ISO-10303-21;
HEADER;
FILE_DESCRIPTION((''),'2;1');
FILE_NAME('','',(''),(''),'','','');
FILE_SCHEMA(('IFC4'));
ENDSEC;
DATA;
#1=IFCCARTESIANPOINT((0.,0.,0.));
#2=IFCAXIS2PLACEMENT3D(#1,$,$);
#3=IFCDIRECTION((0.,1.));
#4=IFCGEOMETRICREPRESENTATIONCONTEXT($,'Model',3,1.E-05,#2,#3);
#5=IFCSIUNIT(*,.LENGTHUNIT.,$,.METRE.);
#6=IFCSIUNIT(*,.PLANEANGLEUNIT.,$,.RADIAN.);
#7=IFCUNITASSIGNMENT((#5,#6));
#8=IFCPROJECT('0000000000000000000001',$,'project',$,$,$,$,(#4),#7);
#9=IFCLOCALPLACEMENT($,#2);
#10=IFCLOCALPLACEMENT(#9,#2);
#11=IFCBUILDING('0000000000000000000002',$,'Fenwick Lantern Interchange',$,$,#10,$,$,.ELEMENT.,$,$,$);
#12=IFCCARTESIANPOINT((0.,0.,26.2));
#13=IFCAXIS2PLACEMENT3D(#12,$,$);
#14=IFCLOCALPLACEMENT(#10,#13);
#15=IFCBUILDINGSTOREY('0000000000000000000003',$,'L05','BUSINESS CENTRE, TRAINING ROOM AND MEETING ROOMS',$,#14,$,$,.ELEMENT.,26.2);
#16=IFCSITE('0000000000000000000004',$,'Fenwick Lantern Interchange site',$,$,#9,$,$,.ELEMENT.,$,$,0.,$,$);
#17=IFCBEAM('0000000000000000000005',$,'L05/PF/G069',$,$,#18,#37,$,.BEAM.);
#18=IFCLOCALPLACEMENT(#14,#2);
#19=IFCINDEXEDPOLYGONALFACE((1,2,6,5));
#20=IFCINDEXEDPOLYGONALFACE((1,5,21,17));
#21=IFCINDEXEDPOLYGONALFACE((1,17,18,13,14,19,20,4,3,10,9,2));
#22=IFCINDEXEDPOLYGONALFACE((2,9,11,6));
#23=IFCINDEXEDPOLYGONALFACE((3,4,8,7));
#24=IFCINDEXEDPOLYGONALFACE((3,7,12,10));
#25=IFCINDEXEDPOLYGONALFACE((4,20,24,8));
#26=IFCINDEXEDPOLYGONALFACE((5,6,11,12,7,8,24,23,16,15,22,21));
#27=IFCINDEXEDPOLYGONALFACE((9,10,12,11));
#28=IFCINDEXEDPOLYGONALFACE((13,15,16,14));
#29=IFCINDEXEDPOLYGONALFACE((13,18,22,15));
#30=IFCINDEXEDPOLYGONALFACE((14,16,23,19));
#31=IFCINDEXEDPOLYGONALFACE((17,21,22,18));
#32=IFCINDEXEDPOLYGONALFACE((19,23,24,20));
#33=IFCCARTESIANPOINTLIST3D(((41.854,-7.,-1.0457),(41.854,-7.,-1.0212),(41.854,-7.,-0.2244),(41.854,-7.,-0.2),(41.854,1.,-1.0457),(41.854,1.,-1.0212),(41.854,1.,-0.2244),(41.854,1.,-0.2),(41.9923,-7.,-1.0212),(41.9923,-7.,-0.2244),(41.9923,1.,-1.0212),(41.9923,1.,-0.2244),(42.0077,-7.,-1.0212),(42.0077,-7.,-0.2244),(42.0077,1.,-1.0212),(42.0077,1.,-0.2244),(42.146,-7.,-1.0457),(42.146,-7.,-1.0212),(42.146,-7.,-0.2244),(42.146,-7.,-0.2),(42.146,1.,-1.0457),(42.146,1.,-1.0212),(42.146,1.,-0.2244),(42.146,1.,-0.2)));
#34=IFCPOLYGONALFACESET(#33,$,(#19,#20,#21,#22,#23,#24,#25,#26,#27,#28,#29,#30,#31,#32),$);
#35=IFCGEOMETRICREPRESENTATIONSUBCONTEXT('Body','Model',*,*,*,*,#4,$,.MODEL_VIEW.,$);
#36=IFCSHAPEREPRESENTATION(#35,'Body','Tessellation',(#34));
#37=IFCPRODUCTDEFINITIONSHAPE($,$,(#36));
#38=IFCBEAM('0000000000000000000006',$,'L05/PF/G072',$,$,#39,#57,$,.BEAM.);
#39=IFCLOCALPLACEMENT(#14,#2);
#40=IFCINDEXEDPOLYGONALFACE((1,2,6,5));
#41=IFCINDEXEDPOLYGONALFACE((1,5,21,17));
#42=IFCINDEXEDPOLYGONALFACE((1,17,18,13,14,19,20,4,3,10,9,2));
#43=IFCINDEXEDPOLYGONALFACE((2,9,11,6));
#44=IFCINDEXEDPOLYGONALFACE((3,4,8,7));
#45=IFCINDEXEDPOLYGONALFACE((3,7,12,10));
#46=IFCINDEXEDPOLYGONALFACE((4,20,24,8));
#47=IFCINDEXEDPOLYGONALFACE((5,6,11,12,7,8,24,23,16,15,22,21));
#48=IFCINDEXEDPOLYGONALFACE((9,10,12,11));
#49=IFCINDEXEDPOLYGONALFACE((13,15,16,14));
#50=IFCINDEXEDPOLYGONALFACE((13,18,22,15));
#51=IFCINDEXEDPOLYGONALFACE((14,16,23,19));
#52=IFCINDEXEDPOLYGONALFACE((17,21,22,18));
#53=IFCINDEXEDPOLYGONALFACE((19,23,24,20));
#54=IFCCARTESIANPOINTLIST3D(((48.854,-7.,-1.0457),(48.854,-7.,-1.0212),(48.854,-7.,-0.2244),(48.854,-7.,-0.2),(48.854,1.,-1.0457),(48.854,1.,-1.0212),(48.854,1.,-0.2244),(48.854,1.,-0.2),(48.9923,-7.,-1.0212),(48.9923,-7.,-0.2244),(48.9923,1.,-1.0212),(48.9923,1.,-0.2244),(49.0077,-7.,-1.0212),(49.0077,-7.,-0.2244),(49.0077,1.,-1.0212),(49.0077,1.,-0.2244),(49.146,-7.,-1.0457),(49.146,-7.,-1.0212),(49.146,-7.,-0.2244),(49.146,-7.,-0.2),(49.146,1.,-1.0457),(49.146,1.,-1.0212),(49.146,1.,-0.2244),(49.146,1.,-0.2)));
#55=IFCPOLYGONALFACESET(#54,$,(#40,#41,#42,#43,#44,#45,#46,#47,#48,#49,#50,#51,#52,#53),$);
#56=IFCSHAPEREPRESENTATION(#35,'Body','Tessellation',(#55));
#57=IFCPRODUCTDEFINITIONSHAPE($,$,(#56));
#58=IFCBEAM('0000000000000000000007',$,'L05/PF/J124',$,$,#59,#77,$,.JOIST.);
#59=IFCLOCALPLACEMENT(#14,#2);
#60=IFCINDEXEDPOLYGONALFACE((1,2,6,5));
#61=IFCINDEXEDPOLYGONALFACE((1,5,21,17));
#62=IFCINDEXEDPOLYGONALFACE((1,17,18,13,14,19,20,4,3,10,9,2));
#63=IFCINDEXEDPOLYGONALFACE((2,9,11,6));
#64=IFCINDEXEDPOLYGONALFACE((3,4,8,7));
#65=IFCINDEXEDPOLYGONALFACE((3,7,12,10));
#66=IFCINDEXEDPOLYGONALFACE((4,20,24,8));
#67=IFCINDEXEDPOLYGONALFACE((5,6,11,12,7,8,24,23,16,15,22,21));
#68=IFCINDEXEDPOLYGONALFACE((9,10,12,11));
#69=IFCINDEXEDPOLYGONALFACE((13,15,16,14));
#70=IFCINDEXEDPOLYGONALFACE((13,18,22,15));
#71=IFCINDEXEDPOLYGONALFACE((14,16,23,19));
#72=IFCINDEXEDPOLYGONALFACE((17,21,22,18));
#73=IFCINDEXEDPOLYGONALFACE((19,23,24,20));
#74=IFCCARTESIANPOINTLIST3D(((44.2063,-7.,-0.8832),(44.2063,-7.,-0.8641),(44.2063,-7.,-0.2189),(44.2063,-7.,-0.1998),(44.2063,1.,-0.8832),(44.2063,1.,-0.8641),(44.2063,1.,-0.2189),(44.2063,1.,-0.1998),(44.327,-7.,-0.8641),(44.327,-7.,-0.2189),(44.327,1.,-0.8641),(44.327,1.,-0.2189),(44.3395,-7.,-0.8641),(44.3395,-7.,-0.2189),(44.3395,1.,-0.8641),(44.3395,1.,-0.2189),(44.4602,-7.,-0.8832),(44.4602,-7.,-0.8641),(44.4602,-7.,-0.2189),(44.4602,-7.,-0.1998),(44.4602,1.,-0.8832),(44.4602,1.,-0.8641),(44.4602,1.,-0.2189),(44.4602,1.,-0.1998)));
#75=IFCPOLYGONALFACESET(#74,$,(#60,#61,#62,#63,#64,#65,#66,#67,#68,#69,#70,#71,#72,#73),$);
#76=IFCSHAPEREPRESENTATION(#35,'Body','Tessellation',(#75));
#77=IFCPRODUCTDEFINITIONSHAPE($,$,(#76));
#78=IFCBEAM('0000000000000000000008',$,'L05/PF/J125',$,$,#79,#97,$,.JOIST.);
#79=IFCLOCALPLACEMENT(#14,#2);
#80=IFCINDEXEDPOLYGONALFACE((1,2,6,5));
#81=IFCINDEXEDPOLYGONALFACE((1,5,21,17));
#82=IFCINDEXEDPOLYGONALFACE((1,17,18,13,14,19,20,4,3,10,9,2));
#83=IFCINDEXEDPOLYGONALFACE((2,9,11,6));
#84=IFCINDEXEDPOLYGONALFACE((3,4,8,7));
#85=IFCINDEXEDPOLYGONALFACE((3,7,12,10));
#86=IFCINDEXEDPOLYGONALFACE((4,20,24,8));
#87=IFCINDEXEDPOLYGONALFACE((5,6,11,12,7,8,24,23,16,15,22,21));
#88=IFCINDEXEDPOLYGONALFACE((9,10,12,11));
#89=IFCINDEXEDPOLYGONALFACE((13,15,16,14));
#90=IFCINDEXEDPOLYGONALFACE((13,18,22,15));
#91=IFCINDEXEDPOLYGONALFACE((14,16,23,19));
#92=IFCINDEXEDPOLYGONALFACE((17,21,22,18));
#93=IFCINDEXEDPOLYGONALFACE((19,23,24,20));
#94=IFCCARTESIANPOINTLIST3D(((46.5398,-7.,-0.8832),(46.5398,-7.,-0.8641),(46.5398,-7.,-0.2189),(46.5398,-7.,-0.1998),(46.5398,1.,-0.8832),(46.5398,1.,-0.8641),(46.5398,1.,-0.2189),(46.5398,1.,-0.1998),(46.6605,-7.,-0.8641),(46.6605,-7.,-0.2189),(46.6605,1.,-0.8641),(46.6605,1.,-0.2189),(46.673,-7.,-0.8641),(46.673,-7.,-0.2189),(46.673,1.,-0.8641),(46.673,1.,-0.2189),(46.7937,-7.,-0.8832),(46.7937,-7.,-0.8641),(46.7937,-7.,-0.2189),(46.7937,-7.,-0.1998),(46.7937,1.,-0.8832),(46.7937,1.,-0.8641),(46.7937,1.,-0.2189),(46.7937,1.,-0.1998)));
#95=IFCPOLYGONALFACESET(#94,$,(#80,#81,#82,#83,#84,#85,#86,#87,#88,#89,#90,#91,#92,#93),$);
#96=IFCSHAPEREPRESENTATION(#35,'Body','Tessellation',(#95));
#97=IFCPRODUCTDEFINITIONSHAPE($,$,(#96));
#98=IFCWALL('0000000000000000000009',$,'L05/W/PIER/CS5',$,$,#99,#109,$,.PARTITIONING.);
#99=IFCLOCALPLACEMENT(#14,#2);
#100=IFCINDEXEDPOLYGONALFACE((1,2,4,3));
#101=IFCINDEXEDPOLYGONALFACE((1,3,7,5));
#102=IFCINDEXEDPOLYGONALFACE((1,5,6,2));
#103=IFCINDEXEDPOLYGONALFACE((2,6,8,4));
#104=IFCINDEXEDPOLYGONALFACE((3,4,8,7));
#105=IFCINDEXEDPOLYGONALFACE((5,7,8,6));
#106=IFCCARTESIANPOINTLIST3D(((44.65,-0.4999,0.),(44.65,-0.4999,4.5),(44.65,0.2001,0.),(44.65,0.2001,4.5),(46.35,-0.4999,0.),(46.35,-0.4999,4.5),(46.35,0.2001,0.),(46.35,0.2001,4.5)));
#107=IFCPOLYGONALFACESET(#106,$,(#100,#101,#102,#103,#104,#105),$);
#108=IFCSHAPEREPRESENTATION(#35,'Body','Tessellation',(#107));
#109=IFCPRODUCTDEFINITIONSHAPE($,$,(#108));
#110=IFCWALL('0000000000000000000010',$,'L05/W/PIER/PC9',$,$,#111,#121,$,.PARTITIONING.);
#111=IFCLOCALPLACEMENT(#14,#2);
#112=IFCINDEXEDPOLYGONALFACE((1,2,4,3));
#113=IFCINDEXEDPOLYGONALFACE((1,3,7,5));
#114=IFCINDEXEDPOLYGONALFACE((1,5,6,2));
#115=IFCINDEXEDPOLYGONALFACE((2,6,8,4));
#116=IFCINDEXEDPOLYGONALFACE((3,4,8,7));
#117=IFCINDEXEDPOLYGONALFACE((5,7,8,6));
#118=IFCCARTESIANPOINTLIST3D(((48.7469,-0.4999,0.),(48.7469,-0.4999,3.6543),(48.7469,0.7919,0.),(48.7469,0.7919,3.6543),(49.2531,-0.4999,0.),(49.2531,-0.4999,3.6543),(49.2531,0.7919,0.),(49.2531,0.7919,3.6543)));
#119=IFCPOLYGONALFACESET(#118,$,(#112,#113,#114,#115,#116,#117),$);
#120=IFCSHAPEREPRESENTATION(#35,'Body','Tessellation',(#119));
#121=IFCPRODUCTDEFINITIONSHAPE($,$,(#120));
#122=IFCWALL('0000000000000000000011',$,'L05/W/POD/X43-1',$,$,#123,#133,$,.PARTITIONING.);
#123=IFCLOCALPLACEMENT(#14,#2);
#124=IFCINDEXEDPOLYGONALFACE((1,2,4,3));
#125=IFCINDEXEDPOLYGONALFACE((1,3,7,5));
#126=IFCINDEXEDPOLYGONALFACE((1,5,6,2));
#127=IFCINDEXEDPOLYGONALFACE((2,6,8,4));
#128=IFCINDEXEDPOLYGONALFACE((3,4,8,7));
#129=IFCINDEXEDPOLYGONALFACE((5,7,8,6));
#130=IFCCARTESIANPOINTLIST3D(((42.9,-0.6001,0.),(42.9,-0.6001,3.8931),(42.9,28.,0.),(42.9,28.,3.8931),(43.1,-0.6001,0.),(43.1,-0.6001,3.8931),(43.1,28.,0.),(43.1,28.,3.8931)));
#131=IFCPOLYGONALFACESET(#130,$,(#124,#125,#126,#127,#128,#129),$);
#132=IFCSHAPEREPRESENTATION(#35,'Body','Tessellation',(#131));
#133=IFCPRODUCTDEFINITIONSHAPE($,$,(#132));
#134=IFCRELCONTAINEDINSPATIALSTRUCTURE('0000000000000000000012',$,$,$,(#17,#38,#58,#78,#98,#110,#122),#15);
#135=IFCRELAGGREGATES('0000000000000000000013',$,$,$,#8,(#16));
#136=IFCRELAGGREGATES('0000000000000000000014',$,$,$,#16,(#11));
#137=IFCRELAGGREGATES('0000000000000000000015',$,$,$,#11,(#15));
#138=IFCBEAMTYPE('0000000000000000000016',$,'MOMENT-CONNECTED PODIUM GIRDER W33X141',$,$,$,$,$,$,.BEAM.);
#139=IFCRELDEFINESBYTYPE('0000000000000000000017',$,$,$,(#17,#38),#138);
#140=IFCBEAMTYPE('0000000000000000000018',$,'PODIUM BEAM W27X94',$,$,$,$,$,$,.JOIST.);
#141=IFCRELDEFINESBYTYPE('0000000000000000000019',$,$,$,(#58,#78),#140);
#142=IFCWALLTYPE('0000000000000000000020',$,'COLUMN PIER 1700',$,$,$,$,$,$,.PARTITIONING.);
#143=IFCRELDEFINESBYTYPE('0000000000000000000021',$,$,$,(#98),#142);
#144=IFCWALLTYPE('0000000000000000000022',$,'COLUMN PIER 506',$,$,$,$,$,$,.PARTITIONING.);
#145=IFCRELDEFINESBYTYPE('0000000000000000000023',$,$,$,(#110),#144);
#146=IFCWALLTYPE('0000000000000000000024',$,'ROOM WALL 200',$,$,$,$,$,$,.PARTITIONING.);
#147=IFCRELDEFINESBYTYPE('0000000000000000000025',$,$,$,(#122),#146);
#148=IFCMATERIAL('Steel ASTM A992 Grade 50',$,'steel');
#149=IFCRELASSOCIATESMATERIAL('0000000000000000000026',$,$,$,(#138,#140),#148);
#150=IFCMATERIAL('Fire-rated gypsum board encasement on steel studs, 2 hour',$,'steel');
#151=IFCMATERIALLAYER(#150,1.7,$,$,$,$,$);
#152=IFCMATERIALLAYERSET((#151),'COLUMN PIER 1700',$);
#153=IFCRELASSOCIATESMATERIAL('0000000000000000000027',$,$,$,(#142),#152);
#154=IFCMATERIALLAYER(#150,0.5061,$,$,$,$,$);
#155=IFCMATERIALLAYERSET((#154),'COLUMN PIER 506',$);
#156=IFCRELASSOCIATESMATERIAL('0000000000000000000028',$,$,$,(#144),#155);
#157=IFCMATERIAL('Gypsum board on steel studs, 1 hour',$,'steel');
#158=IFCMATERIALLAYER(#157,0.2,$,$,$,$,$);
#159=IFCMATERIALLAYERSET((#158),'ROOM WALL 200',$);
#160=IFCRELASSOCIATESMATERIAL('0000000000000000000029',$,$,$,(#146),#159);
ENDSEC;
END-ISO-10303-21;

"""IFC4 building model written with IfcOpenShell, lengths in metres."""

from ifc_helpers import new_model, si_unit, direction, frame, frame_2d, origin, origin_2d, place, context, subcontext, project, spatial, rectangle, i_section, extrude, material, layer, layer_set, material_profile, profile_set, type_object, element, save


model = new_model("IFC4")

# Units and contexts
model_context = context("Model", 3, precision=1e-05, world=origin(), true_north=direction((0.0, 1.0)))
body_context = subcontext(model_context, "Body", "Model", "MODEL_VIEW")
ifc_project = project(units=[si_unit("LENGTHUNIT", "METRE"), si_unit("PLANEANGLEUNIT", "RADIAN")], contexts=[model_context])

# Site, building, storey
site_placement = place(None, origin())
site = spatial("IfcSite", under=ifc_project, at=site_placement, Name="Fenwick Lantern Interchange site", CompositionType="ELEMENT", RefElevation=0.0)
building_placement = place(site_placement, origin())
building = spatial("IfcBuilding", under=site, at=building_placement, Name="Fenwick Lantern Interchange", CompositionType="ELEMENT")
storey_placement = place(building_placement, frame((0.0, 0.0, 26.2)))
storey = spatial("IfcBuildingStorey", under=building, at=storey_placement, Name="L05", Description="BUSINESS CENTRE, TRAINING ROOM AND MEETING ROOMS", CompositionType="ELEMENT", Elevation=26.2)

# Shared definitions
ifc_material_1 = material(Name="Steel ASTM A992 Grade 50", Category="steel")

# Beams
ifc_material_profile_1 = material_profile(ifc_material_1, i_section(OverallWidth=0.292, OverallDepth=0.8457, WebThickness=0.0154, FlangeThickness=0.0244, at=origin_2d()), Name="W33X141")
ifc_profile_set_1 = profile_set([ifc_material_profile_1], Name="Steel ASTM A992 Grade 50")
beam_type_1 = type_object("IfcBeamType", Name="MOMENT-CONNECTED PODIUM GIRDER W33X141", PredefinedType="BEAM", material=ifc_profile_set_1)
for number, where, z_axis, x_axis, name in (
    (1, (42.0, -7.0, -0.6228), (0.0, 1.0, 0.0), (-1.0, 0.0, 0.0), "L05/PF/G069"),
    (2, (49.0, -7.0, -0.6228), (0.0, 1.0, 0.0), (-1.0, 0.0, 0.0), "L05/PF/G072"),
):
    element("IfcBeam", number, at=place(storey_placement, frame(where, z_axis=z_axis, x_axis=x_axis)), inside=storey, type_object=beam_type_1, Name=name, PredefinedType="BEAM", context=body_context, shape_type="SweptSolid", body=[
        extrude(i_section(OverallWidth=0.292, OverallDepth=0.8457, WebThickness=0.0154, FlangeThickness=0.0244, at=origin_2d()), origin(), (0.0, 0.0, 1.0), 8.0),
    ])
ifc_material_profile_2 = material_profile(ifc_material_1, i_section(OverallWidth=0.2539, OverallDepth=0.6833, WebThickness=0.0125, FlangeThickness=0.019, at=origin_2d()), Name="W27X94")
ifc_profile_set_2 = profile_set([ifc_material_profile_2], Name="Steel ASTM A992 Grade 50")
beam_type_2 = type_object("IfcBeamType", Name="PODIUM BEAM W27X94", PredefinedType="JOIST", material=ifc_profile_set_2)
for number, where, z_axis, x_axis, name in (
    (3, (44.3333, -7.0, -0.5415), (0.0, 1.0, 0.0), (-1.0, 0.0, 0.0), "L05/PF/J124"),
    (4, (46.6667, -7.0, -0.5415), (0.0, 1.0, 0.0), (-1.0, 0.0, 0.0), "L05/PF/J125"),
):
    element("IfcBeam", number, at=place(storey_placement, frame(where, z_axis=z_axis, x_axis=x_axis)), inside=storey, type_object=beam_type_2, Name=name, PredefinedType="JOIST", context=body_context, shape_type="SweptSolid", body=[
        extrude(i_section(OverallWidth=0.2539, OverallDepth=0.6833, WebThickness=0.0125, FlangeThickness=0.019, at=origin_2d()), origin(), (0.0, 0.0, 1.0), 8.0),
    ])

# Walls
ifc_material_2 = material(Name="Fire-rated gypsum board encasement on steel studs, 2 hour", Category="steel")
ifc_layer_1 = layer(ifc_material_2, 1.7)
ifc_layer_set_1 = layer_set([ifc_layer_1], Name="COLUMN PIER 1700")
wall_type_1 = type_object("IfcWallType", Name="COLUMN PIER 1700", PredefinedType="PARTITIONING", material=ifc_layer_set_1)
wall_1_placement = place(storey_placement, frame((45.5, -0.5, 0.0), z_axis=(0.0, 0.0, 1.0), x_axis=(0.0, 1.0, 0.0)))
element("IfcWall", 5, at=wall_1_placement, inside=storey, type_object=wall_type_1, Name="L05/W/PIER/CS5", PredefinedType="PARTITIONING", context=body_context, shape_type="SweptSolid", body=[
    extrude(rectangle(XDim=0.7, YDim=1.7, at=frame_2d((0.3501, 0.0))), origin(), (0.0, 0.0, 1.0), 4.5),
])
ifc_layer_2 = layer(ifc_material_2, 0.5061)
ifc_layer_set_2 = layer_set([ifc_layer_2], Name="COLUMN PIER 506")
wall_type_2 = type_object("IfcWallType", Name="COLUMN PIER 506", PredefinedType="PARTITIONING", material=ifc_layer_set_2)
wall_2_placement = place(storey_placement, frame((49.0, -0.5, 0.0), z_axis=(0.0, 0.0, 1.0), x_axis=(0.0, 1.0, 0.0)))
element("IfcWall", 6, at=wall_2_placement, inside=storey, type_object=wall_type_2, Name="L05/W/PIER/PC9", PredefinedType="PARTITIONING", context=body_context, shape_type="SweptSolid", body=[
    extrude(rectangle(XDim=1.2917, YDim=0.5061, at=frame_2d((0.646, 0.0))), origin(), (0.0, 0.0, 1.0), 3.6543),
])
ifc_material_3 = material(Name="Gypsum board on steel studs, 1 hour", Category="steel")
ifc_layer_3 = layer(ifc_material_3, 0.2)
ifc_layer_set_3 = layer_set([ifc_layer_3], Name="ROOM WALL 200")
wall_type_3 = type_object("IfcWallType", Name="ROOM WALL 200", PredefinedType="PARTITIONING", material=ifc_layer_set_3)
wall_3_placement = place(storey_placement, frame((43.0, -0.6001, 0.0), z_axis=(0.0, 0.0, 1.0), x_axis=(0.0, 1.0, 0.0)))
element("IfcWall", 7, at=wall_3_placement, inside=storey, type_object=wall_type_3, Name="L05/W/POD/X43-1", PredefinedType="PARTITIONING", context=body_context, shape_type="SweptSolid", body=[
    extrude(rectangle(XDim=28.6001, YDim=0.2, at=frame_2d((14.3, 0.0))), origin(), (0.0, 0.0, 1.0), 3.8931),
])

save(model, "model.ifc")
